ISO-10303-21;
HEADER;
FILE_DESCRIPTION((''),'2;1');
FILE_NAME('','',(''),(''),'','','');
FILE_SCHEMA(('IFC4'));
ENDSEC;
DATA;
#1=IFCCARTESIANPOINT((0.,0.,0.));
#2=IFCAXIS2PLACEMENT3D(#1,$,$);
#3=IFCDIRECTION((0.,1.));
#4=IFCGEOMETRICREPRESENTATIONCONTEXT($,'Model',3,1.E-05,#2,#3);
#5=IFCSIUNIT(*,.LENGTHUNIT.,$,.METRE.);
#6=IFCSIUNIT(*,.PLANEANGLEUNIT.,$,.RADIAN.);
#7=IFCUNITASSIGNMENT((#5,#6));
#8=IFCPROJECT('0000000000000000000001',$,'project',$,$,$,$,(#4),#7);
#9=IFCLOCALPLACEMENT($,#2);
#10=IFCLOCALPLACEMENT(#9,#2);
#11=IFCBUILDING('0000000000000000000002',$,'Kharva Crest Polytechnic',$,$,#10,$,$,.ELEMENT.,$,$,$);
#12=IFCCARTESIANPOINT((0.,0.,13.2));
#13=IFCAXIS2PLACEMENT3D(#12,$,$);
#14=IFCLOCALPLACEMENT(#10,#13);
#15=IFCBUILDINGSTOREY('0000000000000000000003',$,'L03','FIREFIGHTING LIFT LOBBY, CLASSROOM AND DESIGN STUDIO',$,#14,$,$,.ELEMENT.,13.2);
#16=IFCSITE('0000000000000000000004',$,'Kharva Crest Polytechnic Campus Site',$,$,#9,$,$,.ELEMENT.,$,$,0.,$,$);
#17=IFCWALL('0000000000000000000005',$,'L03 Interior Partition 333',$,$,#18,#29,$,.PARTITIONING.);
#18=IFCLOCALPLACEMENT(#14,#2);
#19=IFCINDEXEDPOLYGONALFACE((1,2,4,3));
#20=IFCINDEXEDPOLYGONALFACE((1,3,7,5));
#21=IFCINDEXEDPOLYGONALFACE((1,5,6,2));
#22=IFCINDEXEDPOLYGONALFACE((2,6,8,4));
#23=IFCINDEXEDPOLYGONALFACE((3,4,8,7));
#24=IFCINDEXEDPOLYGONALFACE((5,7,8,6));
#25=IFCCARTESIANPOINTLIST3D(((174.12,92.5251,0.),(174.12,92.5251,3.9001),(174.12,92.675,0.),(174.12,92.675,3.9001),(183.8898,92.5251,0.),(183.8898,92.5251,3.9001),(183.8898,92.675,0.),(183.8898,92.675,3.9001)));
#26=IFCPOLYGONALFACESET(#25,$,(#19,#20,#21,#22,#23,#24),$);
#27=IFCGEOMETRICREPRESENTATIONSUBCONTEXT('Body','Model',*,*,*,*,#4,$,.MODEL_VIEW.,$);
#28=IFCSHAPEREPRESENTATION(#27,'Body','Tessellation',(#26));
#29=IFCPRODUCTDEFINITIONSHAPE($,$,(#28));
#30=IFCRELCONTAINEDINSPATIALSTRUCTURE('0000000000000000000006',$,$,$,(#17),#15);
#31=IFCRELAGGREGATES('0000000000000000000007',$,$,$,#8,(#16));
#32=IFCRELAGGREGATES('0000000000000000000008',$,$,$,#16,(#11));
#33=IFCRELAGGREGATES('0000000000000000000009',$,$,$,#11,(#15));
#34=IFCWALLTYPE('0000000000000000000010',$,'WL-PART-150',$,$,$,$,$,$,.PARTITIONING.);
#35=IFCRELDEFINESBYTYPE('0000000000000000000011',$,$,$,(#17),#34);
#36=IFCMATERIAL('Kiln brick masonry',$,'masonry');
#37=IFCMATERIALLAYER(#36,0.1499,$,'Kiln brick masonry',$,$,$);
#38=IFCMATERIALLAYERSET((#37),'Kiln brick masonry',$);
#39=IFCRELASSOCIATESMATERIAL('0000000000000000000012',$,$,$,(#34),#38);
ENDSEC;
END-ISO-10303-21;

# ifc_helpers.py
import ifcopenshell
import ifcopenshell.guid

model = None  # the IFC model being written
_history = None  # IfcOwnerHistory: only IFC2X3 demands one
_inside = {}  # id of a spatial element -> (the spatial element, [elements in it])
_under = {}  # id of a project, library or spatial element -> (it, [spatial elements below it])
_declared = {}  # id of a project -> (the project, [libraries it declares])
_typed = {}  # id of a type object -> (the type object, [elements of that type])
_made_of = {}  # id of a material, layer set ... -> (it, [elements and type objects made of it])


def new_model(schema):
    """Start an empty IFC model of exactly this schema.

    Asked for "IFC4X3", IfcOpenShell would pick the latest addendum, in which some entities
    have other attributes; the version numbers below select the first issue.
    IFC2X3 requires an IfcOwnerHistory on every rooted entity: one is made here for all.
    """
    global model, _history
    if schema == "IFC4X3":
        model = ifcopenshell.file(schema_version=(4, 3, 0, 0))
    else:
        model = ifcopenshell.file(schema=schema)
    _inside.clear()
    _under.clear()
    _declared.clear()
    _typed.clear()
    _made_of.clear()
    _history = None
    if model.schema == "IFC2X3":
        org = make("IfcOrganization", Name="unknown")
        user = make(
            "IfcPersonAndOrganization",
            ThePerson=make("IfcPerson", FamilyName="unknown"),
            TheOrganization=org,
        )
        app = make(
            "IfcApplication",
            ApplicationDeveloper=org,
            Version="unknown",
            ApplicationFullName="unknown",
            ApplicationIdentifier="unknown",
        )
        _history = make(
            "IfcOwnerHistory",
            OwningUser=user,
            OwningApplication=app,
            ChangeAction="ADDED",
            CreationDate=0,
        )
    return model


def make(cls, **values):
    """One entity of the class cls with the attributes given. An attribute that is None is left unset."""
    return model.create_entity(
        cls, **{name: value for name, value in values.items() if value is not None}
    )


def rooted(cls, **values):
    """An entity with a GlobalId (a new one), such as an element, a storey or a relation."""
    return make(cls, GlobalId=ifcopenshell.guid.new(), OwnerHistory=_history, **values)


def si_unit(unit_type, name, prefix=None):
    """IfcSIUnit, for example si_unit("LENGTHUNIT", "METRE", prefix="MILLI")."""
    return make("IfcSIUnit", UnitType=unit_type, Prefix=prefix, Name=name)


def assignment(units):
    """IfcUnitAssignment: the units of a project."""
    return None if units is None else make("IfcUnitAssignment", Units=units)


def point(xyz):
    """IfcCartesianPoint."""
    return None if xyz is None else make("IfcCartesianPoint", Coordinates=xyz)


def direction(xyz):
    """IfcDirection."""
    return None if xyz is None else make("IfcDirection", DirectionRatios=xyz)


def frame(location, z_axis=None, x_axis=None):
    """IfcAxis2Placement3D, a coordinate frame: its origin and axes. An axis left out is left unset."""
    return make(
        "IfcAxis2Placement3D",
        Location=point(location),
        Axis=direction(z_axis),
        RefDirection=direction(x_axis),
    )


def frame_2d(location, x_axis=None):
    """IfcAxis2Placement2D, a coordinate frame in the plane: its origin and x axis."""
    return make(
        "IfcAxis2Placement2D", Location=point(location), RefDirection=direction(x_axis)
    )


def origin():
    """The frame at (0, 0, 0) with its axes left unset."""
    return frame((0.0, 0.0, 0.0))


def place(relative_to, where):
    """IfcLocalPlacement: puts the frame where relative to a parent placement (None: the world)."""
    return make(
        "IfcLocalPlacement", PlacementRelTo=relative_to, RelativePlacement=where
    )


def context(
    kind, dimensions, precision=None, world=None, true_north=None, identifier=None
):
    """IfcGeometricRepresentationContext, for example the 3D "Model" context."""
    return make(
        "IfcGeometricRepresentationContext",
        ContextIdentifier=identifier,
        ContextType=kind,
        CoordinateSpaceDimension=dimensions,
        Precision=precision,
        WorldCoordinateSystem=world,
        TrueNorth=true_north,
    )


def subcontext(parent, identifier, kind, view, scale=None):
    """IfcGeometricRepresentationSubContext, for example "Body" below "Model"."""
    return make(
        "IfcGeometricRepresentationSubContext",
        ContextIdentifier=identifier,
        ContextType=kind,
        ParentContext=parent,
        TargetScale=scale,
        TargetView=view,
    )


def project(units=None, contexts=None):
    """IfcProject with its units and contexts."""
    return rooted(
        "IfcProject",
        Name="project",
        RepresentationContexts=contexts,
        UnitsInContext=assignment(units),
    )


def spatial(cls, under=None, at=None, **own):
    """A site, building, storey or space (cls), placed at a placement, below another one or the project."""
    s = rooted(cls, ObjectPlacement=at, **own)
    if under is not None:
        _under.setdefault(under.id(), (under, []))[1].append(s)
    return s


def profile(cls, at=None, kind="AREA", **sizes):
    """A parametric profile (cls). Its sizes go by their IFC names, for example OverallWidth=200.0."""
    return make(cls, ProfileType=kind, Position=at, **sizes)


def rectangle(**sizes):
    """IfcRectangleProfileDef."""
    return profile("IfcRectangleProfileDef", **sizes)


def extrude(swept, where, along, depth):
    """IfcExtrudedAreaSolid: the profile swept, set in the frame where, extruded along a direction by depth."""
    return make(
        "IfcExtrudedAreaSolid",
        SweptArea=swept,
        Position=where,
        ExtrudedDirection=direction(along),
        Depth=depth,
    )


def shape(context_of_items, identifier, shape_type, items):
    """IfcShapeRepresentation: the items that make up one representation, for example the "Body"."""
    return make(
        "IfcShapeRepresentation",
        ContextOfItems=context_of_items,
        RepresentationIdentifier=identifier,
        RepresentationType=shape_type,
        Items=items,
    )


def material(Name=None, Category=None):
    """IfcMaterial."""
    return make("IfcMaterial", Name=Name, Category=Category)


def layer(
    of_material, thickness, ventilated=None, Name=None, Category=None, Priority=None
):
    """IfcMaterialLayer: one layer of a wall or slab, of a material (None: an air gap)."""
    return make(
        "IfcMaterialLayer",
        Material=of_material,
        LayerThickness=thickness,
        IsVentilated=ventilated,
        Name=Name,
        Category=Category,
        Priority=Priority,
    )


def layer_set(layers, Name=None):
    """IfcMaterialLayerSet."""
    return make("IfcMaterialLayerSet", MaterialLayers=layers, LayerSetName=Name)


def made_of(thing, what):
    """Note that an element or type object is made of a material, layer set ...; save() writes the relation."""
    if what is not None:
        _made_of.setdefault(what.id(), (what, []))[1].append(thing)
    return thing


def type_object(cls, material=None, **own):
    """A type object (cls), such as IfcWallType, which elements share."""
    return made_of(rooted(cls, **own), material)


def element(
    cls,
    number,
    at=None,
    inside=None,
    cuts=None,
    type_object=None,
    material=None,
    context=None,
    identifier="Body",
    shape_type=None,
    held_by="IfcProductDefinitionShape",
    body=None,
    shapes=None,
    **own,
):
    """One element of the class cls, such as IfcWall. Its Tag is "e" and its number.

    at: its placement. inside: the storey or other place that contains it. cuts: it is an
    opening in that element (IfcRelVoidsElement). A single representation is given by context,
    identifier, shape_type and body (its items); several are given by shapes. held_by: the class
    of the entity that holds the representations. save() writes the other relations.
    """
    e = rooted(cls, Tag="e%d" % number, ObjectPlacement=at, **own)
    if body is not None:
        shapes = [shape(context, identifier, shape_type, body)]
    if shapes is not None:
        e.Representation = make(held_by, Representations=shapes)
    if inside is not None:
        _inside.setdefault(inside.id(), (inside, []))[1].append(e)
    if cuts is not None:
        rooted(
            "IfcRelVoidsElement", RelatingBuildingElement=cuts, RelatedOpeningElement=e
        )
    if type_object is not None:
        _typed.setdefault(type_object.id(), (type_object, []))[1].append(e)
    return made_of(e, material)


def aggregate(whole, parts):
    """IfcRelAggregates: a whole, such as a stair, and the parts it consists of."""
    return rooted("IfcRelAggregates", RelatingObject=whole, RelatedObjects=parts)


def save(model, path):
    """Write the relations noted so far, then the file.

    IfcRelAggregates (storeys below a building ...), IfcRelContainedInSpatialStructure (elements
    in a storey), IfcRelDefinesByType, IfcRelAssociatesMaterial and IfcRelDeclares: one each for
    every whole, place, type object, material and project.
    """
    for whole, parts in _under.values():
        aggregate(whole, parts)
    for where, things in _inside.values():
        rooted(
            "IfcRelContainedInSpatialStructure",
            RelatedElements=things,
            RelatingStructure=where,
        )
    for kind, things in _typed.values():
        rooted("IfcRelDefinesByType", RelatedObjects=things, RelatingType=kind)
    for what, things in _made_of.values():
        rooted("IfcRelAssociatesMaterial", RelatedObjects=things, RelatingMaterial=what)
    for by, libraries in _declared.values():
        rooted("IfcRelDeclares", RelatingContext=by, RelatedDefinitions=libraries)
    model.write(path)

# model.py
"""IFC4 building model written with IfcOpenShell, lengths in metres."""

from ifc_helpers import new_model, si_unit, direction, frame, frame_2d, origin, place, context, subcontext, project, spatial, rectangle, extrude, material, layer, layer_set, type_object, element, save


model = new_model("IFC4")

# Units and contexts
model_context = context("Model", 3, precision=1e-05, world=origin(), true_north=direction((0.0, 1.0)))
body_context = subcontext(model_context, "Body", "Model", "MODEL_VIEW")
ifc_project = project(units=[si_unit("LENGTHUNIT", "METRE"), si_unit("PLANEANGLEUNIT", "RADIAN")], contexts=[model_context])

# Site, building, storey
site_placement = place(None, origin())
site = spatial("IfcSite", under=ifc_project, at=site_placement, Name="Kharva Crest Polytechnic Campus Site", CompositionType="ELEMENT", RefElevation=0.0)
building_placement = place(site_placement, origin())
building = spatial("IfcBuilding", under=site, at=building_placement, Name="Kharva Crest Polytechnic", CompositionType="ELEMENT")
storey_placement = place(building_placement, frame((0.0, 0.0, 13.2)))
storey = spatial("IfcBuildingStorey", under=building, at=storey_placement, Name="L03", Description="FIREFIGHTING LIFT LOBBY, CLASSROOM AND DESIGN STUDIO", CompositionType="ELEMENT", Elevation=13.2)

# Shared definitions
ifc_material_1 = material(Name="Kiln brick masonry", Category="masonry")

# Wall
ifc_layer_1 = layer(ifc_material_1, 0.1499, Name="Kiln brick masonry")
ifc_layer_set_1 = layer_set([ifc_layer_1], Name="Kiln brick masonry")
wall_type_1 = type_object("IfcWallType", Name="WL-PART-150", PredefinedType="PARTITIONING", material=ifc_layer_set_1)
wall_1_placement = place(storey_placement, frame((174.1201, 92.6001, 0.0), z_axis=(0.0, 0.0, 1.0), x_axis=(1.0, 0.0, 0.0)))
element("IfcWall", 1, at=wall_1_placement, inside=storey, type_object=wall_type_1, Name="L03 Interior Partition 333", PredefinedType="PARTITIONING", context=body_context, shape_type="SweptSolid", body=[
    extrude(rectangle(XDim=9.7698, YDim=0.1499, at=frame_2d((4.8848, 0.0))), origin(), (0.0, 0.0, 1.0), 3.9001),
])

save(model, "model.ifc")
